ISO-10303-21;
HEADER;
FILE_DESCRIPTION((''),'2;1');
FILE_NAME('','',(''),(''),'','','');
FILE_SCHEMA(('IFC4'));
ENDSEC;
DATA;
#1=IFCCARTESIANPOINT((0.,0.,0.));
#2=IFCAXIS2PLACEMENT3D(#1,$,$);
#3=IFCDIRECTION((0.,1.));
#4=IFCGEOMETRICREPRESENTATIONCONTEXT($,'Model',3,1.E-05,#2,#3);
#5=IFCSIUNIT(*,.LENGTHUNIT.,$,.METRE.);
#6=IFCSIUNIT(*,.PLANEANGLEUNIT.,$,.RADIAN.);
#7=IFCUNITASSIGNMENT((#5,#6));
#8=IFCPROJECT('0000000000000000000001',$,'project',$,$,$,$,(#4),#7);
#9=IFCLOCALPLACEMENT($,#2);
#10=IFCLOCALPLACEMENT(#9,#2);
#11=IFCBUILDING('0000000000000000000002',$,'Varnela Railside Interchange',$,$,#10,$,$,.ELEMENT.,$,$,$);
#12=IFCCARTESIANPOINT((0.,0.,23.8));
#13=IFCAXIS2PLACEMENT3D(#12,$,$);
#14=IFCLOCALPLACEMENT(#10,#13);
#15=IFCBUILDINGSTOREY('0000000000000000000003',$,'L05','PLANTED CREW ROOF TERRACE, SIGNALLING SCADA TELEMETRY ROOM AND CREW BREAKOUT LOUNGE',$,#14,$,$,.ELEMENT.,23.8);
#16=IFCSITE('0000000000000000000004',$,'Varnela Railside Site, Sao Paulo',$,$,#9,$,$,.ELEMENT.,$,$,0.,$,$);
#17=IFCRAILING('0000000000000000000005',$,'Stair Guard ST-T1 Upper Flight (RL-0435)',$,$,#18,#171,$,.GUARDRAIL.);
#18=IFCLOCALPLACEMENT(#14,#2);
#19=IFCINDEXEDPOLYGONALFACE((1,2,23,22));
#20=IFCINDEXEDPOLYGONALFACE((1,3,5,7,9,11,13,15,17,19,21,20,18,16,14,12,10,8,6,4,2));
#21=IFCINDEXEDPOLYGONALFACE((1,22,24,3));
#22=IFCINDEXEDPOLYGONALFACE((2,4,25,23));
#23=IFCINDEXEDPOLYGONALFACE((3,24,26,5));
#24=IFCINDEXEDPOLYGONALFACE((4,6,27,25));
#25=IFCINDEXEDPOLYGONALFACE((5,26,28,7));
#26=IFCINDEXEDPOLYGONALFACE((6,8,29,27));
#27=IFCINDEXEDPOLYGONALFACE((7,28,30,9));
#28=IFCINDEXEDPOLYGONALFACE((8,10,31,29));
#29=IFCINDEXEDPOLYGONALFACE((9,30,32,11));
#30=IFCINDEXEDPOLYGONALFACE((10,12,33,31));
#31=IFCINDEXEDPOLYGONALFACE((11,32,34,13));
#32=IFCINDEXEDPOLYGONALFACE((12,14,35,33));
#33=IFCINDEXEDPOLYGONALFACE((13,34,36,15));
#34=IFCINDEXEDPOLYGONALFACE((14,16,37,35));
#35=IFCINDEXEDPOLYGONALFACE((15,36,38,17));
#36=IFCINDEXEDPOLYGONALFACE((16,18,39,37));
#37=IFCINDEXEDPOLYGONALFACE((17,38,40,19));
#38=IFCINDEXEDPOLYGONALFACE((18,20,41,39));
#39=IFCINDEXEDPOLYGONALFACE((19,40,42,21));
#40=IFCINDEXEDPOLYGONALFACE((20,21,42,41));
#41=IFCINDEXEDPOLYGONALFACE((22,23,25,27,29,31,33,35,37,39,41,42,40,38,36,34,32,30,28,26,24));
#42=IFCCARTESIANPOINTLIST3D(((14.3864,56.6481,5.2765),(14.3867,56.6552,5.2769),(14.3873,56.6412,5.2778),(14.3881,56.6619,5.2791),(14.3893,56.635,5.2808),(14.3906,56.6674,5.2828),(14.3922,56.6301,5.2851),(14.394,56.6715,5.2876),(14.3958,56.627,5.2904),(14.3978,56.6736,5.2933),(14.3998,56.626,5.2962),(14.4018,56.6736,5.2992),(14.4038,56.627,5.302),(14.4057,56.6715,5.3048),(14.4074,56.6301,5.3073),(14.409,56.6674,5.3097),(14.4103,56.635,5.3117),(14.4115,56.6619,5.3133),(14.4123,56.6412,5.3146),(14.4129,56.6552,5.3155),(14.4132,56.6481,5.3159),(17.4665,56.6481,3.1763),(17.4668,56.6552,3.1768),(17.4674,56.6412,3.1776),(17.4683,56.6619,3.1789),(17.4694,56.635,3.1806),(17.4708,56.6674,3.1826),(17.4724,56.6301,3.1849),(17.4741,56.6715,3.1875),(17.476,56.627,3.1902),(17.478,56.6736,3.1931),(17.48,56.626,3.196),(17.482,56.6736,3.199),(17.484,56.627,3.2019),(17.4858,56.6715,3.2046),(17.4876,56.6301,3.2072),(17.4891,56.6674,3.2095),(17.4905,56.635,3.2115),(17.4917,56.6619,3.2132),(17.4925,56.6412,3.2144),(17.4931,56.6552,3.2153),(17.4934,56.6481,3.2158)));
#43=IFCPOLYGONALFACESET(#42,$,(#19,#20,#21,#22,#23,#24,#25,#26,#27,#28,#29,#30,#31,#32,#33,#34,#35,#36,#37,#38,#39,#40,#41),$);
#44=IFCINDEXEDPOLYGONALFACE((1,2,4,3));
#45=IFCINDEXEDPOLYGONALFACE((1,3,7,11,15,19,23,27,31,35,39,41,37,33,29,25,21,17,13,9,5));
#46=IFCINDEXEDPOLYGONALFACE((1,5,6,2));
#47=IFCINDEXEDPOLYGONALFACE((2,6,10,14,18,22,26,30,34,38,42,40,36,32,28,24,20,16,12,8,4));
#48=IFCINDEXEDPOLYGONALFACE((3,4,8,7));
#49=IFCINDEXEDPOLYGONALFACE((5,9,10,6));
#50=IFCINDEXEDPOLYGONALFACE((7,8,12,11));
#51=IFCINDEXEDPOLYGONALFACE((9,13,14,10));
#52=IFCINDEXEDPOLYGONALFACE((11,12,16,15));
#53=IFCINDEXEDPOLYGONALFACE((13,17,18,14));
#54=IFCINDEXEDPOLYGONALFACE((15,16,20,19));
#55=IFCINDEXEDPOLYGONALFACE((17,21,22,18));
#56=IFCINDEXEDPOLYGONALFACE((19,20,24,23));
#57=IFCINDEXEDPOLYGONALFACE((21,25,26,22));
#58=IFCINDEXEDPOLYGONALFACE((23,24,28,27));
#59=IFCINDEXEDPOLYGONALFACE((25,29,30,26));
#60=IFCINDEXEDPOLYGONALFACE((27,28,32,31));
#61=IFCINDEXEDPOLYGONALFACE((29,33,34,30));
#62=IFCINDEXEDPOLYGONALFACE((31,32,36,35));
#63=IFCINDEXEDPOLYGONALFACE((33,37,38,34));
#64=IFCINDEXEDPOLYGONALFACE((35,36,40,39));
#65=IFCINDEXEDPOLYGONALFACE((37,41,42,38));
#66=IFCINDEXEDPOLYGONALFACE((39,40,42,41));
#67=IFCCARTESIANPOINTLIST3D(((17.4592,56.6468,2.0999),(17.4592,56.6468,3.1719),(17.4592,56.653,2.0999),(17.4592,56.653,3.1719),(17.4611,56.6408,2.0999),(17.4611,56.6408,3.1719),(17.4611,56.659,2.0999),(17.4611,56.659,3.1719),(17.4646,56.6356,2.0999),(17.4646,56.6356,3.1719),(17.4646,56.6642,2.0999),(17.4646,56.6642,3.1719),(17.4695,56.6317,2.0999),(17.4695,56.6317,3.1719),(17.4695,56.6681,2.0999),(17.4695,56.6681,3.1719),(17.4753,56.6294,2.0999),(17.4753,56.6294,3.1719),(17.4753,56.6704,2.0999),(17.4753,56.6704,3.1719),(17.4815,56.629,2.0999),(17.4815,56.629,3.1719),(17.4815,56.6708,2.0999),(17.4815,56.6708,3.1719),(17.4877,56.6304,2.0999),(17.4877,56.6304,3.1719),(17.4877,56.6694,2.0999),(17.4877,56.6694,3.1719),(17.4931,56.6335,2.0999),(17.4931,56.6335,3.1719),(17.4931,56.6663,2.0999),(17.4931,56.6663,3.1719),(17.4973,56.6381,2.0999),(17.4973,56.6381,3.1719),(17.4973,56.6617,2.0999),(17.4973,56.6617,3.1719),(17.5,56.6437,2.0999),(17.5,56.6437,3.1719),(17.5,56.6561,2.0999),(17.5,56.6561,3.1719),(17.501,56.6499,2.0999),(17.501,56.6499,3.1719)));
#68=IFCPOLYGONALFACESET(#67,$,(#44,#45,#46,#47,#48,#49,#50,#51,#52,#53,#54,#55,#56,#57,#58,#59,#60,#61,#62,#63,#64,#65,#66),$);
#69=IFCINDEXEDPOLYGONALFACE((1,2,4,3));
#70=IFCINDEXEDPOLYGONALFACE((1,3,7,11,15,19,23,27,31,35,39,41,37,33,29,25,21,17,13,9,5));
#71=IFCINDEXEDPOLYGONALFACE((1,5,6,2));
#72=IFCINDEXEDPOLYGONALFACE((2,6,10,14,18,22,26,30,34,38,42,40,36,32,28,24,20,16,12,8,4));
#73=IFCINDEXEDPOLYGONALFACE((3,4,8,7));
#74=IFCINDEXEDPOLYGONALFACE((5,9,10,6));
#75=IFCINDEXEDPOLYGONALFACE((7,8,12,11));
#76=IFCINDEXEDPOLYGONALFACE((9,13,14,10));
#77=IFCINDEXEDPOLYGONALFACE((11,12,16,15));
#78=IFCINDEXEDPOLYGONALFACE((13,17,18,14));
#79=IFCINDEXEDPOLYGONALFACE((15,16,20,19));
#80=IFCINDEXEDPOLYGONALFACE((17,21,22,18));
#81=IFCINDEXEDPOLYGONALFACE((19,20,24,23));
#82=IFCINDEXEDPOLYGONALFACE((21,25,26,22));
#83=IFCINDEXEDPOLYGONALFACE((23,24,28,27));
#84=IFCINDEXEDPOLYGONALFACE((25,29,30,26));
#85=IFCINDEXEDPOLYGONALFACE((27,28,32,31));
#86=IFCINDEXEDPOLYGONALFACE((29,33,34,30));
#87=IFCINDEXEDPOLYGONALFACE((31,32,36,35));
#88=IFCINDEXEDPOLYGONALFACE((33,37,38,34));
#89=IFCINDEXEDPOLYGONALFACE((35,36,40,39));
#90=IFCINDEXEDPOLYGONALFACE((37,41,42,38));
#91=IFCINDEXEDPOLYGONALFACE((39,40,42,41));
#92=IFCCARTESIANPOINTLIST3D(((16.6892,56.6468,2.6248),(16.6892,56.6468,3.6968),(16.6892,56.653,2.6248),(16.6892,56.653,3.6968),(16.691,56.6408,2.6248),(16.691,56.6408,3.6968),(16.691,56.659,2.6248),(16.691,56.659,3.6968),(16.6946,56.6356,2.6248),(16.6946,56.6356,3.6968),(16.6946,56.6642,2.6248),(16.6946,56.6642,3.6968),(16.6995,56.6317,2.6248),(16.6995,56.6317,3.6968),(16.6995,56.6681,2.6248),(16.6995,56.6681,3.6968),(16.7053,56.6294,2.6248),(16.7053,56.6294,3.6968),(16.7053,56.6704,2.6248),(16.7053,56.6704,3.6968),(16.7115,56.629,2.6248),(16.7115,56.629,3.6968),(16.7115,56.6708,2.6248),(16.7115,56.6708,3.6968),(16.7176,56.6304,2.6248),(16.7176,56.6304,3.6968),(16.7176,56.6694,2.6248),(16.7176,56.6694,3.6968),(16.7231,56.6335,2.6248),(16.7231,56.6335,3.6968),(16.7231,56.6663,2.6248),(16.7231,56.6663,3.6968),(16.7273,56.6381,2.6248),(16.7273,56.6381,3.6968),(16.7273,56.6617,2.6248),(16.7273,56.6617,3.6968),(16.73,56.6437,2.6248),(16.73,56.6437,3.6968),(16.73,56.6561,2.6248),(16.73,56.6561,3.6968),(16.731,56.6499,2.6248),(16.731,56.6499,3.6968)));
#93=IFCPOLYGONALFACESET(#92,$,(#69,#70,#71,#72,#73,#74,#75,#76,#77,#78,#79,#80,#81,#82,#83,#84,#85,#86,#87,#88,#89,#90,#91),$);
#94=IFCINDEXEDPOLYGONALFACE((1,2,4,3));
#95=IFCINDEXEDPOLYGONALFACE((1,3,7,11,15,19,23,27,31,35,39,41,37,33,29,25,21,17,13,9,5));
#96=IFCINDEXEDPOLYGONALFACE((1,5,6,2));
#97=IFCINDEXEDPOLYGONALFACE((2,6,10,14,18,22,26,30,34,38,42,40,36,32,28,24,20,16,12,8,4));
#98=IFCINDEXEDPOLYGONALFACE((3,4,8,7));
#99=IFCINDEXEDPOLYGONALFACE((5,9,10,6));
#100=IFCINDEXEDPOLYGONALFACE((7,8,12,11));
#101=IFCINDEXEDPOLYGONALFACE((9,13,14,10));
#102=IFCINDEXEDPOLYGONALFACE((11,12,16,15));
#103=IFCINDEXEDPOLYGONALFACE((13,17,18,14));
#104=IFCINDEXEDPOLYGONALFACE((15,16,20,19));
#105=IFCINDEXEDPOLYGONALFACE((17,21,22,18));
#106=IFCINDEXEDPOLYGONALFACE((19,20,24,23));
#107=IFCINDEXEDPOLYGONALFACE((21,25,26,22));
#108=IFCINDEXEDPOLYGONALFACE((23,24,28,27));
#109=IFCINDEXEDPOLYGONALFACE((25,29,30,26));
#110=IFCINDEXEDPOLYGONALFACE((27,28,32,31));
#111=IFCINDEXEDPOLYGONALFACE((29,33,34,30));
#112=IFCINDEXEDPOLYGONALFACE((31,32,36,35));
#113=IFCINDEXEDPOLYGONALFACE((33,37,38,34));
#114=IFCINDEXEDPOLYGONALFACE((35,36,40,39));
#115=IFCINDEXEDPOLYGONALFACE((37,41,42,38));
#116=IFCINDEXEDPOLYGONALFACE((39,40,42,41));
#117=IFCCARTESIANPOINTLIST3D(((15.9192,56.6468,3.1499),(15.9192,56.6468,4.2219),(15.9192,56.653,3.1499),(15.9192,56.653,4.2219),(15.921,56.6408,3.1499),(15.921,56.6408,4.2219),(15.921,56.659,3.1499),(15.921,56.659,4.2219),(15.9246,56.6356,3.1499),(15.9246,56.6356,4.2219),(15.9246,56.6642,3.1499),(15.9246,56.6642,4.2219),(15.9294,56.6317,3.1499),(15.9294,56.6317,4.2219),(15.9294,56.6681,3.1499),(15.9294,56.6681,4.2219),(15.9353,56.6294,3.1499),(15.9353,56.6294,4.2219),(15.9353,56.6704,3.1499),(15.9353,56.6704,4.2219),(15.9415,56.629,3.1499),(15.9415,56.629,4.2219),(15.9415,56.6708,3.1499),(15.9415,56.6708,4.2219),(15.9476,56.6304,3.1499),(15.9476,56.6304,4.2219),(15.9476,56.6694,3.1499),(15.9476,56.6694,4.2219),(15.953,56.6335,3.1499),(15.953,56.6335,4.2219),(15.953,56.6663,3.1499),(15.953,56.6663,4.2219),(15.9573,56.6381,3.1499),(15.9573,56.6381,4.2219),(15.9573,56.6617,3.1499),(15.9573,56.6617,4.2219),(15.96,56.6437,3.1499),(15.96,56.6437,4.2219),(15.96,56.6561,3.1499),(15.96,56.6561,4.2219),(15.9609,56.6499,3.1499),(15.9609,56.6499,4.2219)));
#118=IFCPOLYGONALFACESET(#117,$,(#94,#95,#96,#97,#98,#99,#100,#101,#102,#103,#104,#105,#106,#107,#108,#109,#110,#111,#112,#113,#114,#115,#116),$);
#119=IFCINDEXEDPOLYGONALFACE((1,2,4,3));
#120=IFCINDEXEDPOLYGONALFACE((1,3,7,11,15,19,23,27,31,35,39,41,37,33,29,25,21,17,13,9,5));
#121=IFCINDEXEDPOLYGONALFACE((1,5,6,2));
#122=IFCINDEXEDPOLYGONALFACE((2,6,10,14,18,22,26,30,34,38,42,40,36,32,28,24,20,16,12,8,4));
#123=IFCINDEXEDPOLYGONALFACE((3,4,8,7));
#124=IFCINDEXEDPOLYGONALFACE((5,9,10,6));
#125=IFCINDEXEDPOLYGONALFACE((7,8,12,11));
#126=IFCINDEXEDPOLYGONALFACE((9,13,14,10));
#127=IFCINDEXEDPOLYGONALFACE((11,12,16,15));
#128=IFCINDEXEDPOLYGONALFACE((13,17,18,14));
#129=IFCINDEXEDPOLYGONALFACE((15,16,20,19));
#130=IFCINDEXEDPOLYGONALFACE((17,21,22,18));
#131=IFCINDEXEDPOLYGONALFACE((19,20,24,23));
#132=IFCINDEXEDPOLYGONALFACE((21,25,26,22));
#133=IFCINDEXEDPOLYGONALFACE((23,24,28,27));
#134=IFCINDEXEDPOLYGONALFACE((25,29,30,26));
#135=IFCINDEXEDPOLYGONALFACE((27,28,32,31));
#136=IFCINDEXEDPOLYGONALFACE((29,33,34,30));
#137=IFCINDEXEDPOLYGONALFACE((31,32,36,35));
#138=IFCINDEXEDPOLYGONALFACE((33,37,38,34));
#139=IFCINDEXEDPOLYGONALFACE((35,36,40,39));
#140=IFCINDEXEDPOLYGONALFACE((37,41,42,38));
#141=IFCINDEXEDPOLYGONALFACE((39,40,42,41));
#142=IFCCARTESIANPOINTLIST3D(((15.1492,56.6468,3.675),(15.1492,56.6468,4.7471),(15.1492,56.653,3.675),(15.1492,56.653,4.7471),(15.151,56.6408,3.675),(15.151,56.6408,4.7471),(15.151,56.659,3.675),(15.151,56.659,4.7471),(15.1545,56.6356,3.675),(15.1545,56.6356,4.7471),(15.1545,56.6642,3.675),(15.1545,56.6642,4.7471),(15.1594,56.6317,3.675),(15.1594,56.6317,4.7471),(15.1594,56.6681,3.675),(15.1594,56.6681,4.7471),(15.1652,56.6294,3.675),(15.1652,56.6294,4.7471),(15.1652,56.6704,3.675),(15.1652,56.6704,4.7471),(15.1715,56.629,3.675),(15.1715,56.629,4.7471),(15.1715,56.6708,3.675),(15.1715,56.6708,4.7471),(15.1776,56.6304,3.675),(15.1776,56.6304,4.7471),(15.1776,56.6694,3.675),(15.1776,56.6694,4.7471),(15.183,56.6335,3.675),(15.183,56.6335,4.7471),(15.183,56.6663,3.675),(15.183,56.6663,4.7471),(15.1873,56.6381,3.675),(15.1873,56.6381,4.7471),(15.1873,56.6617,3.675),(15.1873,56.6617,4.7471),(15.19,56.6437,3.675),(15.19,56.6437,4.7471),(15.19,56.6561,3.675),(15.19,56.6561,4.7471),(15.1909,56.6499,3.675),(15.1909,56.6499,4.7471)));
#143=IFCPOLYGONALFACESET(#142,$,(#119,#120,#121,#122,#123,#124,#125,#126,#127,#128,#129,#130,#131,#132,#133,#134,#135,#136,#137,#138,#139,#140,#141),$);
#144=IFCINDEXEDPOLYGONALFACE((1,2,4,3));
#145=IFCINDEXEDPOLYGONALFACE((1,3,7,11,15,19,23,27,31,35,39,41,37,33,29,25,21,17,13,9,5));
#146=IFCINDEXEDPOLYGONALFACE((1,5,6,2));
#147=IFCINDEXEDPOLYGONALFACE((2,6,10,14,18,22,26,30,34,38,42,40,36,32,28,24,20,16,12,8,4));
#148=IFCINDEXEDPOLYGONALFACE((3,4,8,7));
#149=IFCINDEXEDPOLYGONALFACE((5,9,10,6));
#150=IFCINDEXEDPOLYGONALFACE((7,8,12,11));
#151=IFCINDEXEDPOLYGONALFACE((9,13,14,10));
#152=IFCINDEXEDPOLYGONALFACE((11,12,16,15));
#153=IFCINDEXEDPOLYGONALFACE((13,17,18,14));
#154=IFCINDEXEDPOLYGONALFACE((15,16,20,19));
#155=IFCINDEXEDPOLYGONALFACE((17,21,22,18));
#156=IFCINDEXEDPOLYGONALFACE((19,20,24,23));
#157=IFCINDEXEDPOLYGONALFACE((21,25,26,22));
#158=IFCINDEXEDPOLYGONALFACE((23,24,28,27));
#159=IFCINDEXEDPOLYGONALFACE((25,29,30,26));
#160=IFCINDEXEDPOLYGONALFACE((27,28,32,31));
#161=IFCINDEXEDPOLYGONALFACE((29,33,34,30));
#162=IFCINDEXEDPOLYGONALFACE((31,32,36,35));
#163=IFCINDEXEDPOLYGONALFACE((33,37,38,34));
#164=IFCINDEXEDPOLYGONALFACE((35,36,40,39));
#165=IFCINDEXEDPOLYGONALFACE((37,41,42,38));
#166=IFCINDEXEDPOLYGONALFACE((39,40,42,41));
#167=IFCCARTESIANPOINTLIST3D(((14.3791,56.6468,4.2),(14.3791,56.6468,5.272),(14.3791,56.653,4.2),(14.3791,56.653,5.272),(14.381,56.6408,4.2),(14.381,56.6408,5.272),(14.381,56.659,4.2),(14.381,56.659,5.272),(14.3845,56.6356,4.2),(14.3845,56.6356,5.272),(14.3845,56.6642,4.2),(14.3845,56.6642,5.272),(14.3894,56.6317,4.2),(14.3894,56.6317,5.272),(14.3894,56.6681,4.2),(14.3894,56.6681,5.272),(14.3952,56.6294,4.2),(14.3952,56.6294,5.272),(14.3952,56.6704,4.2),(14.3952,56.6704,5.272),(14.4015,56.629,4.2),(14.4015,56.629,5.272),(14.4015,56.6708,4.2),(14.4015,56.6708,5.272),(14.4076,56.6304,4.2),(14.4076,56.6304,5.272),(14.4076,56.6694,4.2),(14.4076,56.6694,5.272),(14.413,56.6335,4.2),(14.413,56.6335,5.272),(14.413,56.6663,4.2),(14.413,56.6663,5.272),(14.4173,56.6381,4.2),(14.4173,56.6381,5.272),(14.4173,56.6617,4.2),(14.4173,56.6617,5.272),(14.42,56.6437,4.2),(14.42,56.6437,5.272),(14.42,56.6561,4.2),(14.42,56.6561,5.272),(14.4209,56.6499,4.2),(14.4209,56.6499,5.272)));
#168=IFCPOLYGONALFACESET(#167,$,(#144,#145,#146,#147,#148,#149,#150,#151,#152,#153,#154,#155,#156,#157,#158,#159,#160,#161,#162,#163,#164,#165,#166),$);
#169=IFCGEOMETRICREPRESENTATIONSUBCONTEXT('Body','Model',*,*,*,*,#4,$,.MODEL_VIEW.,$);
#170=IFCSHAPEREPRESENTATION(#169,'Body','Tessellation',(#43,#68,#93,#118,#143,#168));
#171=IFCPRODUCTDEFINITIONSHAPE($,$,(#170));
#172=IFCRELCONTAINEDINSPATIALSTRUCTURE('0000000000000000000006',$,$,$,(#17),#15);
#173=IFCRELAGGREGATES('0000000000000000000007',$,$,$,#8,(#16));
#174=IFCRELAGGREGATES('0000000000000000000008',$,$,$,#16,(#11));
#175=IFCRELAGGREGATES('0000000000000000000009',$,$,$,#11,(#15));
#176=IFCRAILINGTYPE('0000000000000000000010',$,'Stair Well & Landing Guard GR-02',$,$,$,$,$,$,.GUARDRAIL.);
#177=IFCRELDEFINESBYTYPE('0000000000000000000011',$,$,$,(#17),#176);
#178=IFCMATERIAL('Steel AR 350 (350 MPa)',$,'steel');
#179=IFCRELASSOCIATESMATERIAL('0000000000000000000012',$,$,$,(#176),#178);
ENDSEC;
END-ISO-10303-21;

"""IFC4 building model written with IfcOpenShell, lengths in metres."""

from ifc_helpers import new_model, si_unit, direction, frame, origin, origin_2d, place, context, subcontext, project, spatial, circle, extrude, material, type_object, element, save


model = new_model("IFC4")

# Units and contexts
model_context = context("Model", 3, precision=1e-05, world=origin(), true_north=direction((0.0, 1.0)))
body_context = subcontext(model_context, "Body", "Model", "MODEL_VIEW")
ifc_project = project(units=[si_unit("LENGTHUNIT", "METRE"), si_unit("PLANEANGLEUNIT", "RADIAN")], contexts=[model_context])

# Site, building, storey
site_placement = place(None, origin())
site = spatial("IfcSite", under=ifc_project, at=site_placement, Name="Varnela Railside Site, Sao Paulo", CompositionType="ELEMENT", RefElevation=0.0)
building_placement = place(site_placement, origin())
building = spatial("IfcBuilding", under=site, at=building_placement, Name="Varnela Railside Interchange", CompositionType="ELEMENT")
storey_placement = place(building_placement, frame((0.0, 0.0, 23.8)))
storey = spatial("IfcBuildingStorey", under=building, at=storey_placement, Name="L05", Description="PLANTED CREW ROOF TERRACE, SIGNALLING SCADA TELEMETRY ROOM AND CREW BREAKOUT LOUNGE", CompositionType="ELEMENT", Elevation=23.8)

# Shared definitions
ifc_material_1 = material(Name="Steel AR 350 (350 MPa)", Category="steel")

# Railing
railing_type_1 = type_object("IfcRailingType", Name="Stair Well & Landing Guard GR-02", PredefinedType="GUARDRAIL", material=ifc_material_1)
railing_1_placement = place(storey_placement, frame((17.48, 56.6499, 2.0999)))
element("IfcRailing", 1, at=railing_1_placement, inside=storey, type_object=railing_type_1, Name="Stair Guard ST-T1 Upper Flight (RL-0435)", PredefinedType="GUARDRAIL", context=body_context, shape_type="SweptSolid", body=[
    extrude(circle(Radius=0.0239, at=origin_2d()), frame((0.0, 0.0, 1.0962), z_axis=(-0.826222, 0.0, 0.563345), x_axis=(0.0, -1.0, 0.0)), (0.0, 0.0, 1.0), 3.728),
    extrude(circle(Radius=0.021, at=origin_2d()), origin(), (0.0, 0.0, 1.0), 1.072),
    extrude(circle(Radius=0.021, at=origin_2d()), frame((-0.77, 0.0, 0.5249)), (0.0, 0.0, 1.0), 1.072),
    extrude(circle(Radius=0.021, at=origin_2d()), frame((-1.54, 0.0, 1.05)), (0.0, 0.0, 1.0), 1.072),
    extrude(circle(Radius=0.021, at=origin_2d()), frame((-2.3101, 0.0, 1.5752)), (0.0, 0.0, 1.0), 1.072),
    extrude(circle(Radius=0.021, at=origin_2d()), frame((-3.0801, 0.0, 2.1001)), (0.0, 0.0, 1.0), 1.072),
])

save(model, "model.ifc")
